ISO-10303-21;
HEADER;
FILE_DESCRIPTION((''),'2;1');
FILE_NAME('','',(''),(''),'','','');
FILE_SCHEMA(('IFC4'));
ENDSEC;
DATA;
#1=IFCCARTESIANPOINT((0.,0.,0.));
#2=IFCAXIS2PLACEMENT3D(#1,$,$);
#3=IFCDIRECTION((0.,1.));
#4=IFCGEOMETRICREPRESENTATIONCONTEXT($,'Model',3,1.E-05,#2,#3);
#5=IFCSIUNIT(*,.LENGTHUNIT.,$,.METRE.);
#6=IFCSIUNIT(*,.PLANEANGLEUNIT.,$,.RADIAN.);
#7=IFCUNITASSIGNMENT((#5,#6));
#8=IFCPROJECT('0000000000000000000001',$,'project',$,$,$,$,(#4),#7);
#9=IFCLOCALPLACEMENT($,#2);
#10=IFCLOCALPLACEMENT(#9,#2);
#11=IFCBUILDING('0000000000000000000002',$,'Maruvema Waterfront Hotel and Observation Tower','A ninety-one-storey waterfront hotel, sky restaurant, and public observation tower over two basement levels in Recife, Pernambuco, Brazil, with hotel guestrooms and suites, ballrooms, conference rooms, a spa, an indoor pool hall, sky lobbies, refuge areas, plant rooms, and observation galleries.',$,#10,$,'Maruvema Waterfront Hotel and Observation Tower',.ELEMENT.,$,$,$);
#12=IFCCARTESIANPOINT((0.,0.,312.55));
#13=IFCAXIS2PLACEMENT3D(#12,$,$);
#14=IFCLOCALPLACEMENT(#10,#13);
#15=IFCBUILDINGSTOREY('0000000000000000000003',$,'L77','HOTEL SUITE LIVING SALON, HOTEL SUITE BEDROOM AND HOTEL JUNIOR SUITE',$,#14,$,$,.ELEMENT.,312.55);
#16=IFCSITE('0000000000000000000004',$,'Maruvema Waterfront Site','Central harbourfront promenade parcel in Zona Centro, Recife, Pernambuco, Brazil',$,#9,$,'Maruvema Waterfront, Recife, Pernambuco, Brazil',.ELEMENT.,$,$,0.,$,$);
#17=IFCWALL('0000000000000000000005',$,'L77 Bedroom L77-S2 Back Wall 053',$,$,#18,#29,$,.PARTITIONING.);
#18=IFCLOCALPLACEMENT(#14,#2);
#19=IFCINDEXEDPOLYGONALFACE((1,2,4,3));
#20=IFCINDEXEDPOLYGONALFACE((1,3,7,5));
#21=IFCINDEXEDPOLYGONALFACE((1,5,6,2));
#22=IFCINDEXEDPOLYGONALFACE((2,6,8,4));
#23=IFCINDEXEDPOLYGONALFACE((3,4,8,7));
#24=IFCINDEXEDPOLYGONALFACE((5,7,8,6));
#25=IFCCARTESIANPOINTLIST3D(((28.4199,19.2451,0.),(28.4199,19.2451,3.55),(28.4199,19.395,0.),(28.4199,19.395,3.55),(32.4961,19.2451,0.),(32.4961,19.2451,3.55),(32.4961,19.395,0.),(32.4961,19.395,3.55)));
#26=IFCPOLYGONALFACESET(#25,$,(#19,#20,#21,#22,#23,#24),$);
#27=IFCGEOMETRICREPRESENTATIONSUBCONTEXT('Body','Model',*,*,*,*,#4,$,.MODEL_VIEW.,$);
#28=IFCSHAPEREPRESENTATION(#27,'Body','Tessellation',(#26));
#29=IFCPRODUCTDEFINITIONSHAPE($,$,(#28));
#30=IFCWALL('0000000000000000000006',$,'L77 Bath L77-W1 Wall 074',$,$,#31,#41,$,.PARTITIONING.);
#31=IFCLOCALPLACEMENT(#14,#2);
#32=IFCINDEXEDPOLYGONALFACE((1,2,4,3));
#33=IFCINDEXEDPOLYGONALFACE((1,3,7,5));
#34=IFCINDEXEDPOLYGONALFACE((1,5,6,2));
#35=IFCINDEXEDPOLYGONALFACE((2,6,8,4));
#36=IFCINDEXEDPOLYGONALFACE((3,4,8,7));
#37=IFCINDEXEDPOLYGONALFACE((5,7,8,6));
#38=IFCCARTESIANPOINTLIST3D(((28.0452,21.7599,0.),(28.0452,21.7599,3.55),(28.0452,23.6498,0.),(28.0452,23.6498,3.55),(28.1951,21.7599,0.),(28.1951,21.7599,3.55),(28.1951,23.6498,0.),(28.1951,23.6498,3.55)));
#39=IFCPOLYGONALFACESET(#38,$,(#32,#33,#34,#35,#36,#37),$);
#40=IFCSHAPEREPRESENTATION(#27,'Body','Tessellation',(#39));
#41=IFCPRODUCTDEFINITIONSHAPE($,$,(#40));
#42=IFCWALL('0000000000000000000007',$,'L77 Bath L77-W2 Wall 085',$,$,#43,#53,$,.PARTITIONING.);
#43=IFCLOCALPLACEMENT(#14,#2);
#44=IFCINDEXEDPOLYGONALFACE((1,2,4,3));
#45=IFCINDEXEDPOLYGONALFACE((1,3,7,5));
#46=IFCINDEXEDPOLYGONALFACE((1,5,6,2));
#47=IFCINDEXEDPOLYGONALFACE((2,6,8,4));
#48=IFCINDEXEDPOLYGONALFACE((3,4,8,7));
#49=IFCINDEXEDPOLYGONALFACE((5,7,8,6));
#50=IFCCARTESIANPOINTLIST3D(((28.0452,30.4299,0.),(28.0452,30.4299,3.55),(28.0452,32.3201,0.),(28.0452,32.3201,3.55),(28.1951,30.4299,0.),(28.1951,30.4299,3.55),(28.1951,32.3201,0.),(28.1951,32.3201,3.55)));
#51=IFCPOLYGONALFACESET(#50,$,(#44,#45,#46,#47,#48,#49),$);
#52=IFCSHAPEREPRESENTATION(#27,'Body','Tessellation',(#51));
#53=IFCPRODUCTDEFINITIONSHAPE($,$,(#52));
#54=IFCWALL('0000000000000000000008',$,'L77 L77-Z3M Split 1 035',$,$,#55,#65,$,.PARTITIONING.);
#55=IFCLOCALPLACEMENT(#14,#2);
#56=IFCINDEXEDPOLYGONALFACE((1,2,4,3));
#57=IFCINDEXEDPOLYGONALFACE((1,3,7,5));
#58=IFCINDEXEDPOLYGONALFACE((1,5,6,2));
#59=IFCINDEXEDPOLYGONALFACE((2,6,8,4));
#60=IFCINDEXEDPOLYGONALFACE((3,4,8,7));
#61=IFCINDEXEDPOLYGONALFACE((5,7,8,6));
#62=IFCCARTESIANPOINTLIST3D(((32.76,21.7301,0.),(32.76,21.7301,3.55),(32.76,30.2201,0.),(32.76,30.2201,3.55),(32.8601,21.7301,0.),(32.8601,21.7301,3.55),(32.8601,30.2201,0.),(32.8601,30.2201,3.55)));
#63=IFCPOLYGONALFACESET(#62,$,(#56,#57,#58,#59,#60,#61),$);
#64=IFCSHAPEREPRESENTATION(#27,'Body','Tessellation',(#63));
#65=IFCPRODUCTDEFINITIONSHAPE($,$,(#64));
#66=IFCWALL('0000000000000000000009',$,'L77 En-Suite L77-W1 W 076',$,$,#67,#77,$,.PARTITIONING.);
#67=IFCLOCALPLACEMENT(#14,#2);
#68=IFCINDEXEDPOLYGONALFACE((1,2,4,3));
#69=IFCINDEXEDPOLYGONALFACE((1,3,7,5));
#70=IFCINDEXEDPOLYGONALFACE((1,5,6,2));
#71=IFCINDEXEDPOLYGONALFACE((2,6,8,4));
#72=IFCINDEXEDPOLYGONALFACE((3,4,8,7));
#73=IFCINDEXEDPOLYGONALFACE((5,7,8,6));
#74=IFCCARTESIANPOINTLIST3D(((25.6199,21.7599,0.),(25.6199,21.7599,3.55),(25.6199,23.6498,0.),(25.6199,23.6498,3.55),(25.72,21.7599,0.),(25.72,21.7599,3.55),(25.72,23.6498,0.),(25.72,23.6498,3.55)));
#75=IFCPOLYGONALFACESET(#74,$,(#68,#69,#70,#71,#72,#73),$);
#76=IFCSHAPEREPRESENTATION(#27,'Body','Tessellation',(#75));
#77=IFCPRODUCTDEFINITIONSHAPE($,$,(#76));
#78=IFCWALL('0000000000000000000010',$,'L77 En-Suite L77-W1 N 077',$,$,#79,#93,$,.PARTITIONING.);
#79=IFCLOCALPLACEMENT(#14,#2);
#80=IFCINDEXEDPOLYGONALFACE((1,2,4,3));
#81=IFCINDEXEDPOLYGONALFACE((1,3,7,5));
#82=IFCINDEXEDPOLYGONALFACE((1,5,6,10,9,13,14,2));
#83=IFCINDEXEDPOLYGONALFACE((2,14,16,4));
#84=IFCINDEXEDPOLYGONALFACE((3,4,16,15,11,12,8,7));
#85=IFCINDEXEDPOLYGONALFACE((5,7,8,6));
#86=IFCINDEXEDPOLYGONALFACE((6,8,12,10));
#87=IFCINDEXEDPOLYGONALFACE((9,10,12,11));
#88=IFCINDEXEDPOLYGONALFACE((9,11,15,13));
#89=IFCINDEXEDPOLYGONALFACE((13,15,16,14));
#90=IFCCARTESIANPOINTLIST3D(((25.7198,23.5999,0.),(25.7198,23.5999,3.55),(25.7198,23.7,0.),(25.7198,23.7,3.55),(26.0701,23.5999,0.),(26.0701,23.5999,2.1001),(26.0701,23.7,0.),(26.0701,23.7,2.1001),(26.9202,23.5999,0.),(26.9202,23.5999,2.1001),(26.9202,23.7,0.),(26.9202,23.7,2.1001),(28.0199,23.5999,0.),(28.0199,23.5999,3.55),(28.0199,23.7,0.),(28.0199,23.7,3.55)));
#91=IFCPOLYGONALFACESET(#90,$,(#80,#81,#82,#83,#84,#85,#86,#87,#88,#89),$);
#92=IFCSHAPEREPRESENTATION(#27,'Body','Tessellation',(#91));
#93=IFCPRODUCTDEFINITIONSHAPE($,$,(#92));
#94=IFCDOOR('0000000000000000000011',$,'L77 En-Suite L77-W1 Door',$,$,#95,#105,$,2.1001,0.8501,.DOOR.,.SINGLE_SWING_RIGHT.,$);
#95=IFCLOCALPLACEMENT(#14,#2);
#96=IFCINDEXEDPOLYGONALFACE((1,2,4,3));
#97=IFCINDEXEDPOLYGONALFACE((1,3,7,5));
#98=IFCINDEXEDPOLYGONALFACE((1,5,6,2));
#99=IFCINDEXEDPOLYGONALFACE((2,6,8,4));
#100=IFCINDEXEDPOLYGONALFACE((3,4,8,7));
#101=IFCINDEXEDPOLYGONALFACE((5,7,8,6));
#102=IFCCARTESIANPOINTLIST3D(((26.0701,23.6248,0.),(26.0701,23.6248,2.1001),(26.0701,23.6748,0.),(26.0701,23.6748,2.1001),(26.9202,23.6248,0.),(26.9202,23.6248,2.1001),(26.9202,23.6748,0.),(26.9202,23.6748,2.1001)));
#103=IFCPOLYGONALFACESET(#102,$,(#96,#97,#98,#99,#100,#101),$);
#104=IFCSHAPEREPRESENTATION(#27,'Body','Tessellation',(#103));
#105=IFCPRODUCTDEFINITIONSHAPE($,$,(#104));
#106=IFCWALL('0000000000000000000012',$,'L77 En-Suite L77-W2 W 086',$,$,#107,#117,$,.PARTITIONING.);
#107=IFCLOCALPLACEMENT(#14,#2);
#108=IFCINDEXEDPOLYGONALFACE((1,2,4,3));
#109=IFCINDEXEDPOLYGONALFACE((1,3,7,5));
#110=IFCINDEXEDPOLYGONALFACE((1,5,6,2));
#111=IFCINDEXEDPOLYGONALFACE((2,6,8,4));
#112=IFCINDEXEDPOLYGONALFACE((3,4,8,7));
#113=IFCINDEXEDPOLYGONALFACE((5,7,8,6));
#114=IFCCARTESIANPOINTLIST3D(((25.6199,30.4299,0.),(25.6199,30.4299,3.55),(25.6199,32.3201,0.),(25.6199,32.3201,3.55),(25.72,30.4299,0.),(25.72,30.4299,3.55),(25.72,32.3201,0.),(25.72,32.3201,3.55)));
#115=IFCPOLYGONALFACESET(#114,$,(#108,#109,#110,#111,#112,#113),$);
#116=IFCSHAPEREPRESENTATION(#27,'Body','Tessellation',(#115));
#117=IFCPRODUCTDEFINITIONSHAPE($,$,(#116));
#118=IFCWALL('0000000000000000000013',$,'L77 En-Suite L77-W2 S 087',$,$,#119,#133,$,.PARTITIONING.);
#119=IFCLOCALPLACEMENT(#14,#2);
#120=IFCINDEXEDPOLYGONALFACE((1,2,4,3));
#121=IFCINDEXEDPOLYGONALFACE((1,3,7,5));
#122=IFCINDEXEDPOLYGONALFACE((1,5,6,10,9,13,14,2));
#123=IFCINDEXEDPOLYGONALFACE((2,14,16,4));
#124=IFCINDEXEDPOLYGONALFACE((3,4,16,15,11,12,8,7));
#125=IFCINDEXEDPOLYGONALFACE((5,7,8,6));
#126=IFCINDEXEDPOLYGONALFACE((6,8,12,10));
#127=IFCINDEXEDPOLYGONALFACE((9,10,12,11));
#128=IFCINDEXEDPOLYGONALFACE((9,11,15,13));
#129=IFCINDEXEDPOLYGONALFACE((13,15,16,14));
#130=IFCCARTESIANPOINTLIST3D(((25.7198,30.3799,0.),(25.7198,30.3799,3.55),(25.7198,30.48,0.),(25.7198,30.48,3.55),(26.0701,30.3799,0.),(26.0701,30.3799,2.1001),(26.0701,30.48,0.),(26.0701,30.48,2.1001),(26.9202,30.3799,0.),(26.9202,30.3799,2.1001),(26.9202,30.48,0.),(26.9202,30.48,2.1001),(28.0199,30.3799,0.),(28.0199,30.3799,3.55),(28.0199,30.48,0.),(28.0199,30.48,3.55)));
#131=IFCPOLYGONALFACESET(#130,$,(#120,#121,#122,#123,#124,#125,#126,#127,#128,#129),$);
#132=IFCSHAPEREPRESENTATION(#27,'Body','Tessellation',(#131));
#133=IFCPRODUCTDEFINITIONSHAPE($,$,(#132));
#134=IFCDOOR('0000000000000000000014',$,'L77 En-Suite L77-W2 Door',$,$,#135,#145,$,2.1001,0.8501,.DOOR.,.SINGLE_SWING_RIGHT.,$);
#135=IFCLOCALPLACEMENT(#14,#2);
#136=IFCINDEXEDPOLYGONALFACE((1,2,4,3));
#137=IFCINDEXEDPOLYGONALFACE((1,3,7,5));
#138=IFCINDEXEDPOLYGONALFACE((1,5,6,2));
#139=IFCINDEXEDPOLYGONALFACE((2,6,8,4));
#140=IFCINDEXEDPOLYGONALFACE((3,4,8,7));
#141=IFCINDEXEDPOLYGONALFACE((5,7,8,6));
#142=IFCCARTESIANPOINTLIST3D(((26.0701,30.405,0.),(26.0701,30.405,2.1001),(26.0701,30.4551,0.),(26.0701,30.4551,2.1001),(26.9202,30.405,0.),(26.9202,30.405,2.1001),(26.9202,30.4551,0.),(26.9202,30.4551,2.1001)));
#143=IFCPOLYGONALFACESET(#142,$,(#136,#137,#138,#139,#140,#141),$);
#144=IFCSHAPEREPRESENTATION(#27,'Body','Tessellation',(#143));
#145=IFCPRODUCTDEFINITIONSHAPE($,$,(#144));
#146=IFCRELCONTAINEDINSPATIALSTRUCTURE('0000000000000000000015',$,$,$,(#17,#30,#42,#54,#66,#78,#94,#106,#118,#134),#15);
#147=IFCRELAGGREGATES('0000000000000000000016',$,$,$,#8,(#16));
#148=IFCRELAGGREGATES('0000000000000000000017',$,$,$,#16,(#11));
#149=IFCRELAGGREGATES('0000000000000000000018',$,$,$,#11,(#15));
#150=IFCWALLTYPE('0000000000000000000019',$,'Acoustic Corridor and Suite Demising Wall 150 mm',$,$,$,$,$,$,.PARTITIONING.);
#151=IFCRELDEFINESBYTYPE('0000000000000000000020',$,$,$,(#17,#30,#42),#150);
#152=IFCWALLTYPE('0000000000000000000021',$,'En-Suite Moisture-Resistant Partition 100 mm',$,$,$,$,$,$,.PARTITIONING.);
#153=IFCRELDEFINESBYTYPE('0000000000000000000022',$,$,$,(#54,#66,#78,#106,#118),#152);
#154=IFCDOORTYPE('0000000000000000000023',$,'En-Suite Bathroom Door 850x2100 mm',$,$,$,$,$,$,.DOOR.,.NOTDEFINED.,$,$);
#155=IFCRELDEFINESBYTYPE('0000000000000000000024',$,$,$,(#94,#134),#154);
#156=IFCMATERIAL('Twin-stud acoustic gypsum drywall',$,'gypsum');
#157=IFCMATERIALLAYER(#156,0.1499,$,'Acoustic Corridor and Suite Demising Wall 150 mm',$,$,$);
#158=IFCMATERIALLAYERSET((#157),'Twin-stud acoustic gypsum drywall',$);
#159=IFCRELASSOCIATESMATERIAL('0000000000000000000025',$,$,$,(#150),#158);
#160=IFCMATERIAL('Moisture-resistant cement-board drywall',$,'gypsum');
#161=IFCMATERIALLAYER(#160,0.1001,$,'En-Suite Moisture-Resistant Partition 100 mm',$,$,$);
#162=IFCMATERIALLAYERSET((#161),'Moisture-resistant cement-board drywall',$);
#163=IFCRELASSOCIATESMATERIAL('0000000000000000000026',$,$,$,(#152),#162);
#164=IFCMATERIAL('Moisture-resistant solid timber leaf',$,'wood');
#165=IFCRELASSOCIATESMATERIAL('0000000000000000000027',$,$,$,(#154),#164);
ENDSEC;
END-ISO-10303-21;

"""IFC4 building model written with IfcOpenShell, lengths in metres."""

from ifc_helpers import new_model, si_unit, direction, frame, frame_2d, origin, place, context, subcontext, project, spatial, rectangle, extrude, material, layer, layer_set, type_object, element, fill, save


model = new_model("IFC4")

# Units and contexts
model_context = context("Model", 3, precision=1e-05, world=origin(), true_north=direction((0.0, 1.0)))
body_context = subcontext(model_context, "Body", "Model", "MODEL_VIEW")
ifc_project = project(units=[si_unit("LENGTHUNIT", "METRE"), si_unit("PLANEANGLEUNIT", "RADIAN")], contexts=[model_context])

# Site, building, storey
site_placement = place(None, origin())
site = spatial("IfcSite", under=ifc_project, at=site_placement, Name="Maruvema Waterfront Site", Description="Central harbourfront promenade parcel in Zona Centro, Recife, Pernambuco, Brazil", LongName="Maruvema Waterfront, Recife, Pernambuco, Brazil", CompositionType="ELEMENT", RefElevation=0.0)
building_placement = place(site_placement, origin())
building = spatial("IfcBuilding", under=site, at=building_placement, Name="Maruvema Waterfront Hotel and Observation Tower", Description="A ninety-one-storey waterfront hotel, sky restaurant, and public observation tower over two basement levels in Recife, Pernambuco, Brazil, with hotel guestrooms and suites, ballrooms, conference rooms, a spa, an indoor pool hall, sky lobbies, refuge areas, plant rooms, and observation galleries.", LongName="Maruvema Waterfront Hotel and Observation Tower", CompositionType="ELEMENT")
storey_placement = place(building_placement, frame((0.0, 0.0, 312.55)))
storey = spatial("IfcBuildingStorey", under=building, at=storey_placement, Name="L77", Description="HOTEL SUITE LIVING SALON, HOTEL SUITE BEDROOM AND HOTEL JUNIOR SUITE", CompositionType="ELEMENT", Elevation=312.55)

# Shared definitions
ifc_material_1 = material(Name="Twin-stud acoustic gypsum drywall", Category="gypsum")
ifc_layer_1 = layer(ifc_material_1, 0.1499, Name="Acoustic Corridor and Suite Demising Wall 150 mm")
ifc_layer_set_1 = layer_set([ifc_layer_1], Name="Twin-stud acoustic gypsum drywall")
wall_type_1 = type_object("IfcWallType", Name="Acoustic Corridor and Suite Demising Wall 150 mm", PredefinedType="PARTITIONING", material=ifc_layer_set_1)

# Wall
wall_1_placement = place(storey_placement, frame((28.4199, 19.3201, 0.0), z_axis=(0.0, 0.0, 1.0), x_axis=(1.0, 0.0, 0.0)))
element("IfcWall", 1, at=wall_1_placement, inside=storey, type_object=wall_type_1, Name="L77 Bedroom L77-S2 Back Wall 053", PredefinedType="PARTITIONING", context=body_context, shape_type="SweptSolid", body=[
    extrude(rectangle(XDim=4.0762, YDim=0.1499, at=frame_2d((2.0381, 0.0))), origin(), (0.0, 0.0, 1.0), 3.55),
])

# Wall
wall_2_placement = place(storey_placement, frame((28.1201, 21.76, 0.0), z_axis=(0.0, 0.0, 1.0), x_axis=(0.0, 1.0, 0.0)))
element("IfcWall", 2, at=wall_2_placement, inside=storey, type_object=wall_type_1, Name="L77 Bath L77-W1 Wall 074", PredefinedType="PARTITIONING", context=body_context, shape_type="SweptSolid", body=[
    extrude(rectangle(XDim=1.8899, YDim=0.1499, at=frame_2d((0.9448, 0.0))), origin(), (0.0, 0.0, 1.0), 3.55),
])

# Walls
wall_3_placement = place(storey_placement, frame((28.1201, 30.4299, 0.0), z_axis=(0.0, 0.0, 1.0), x_axis=(0.0, 1.0, 0.0)))
element("IfcWall", 3, at=wall_3_placement, inside=storey, type_object=wall_type_1, Name="L77 Bath L77-W2 Wall 085", PredefinedType="PARTITIONING", context=body_context, shape_type="SweptSolid", body=[
    extrude(rectangle(XDim=1.8901, YDim=0.1499, at=frame_2d((0.9451, 0.0))), origin(), (0.0, 0.0, 1.0), 3.55),
])
ifc_material_2 = material(Name="Moisture-resistant cement-board drywall", Category="gypsum")
ifc_layer_2 = layer(ifc_material_2, 0.1001, Name="En-Suite Moisture-Resistant Partition 100 mm")
ifc_layer_set_2 = layer_set([ifc_layer_2], Name="Moisture-resistant cement-board drywall")
wall_type_2 = type_object("IfcWallType", Name="En-Suite Moisture-Resistant Partition 100 mm", PredefinedType="PARTITIONING", material=ifc_layer_set_2)
wall_4_placement = place(storey_placement, frame((32.8101, 21.73, 0.0), z_axis=(0.0, 0.0, 1.0), x_axis=(0.0, 1.0, 0.0)))
element("IfcWall", 4, at=wall_4_placement, inside=storey, type_object=wall_type_2, Name="L77 L77-Z3M Split 1 035", PredefinedType="PARTITIONING", context=body_context, shape_type="SweptSolid", body=[
    extrude(rectangle(XDim=8.49, YDim=0.1001, at=frame_2d((4.2451, 0.0))), origin(), (0.0, 0.0, 1.0), 3.55),
])
wall_5_placement = place(storey_placement, frame((25.6699, 21.76, 0.0), z_axis=(0.0, 0.0, 1.0), x_axis=(0.0, 1.0, 0.0)))
element("IfcWall", 5, at=wall_5_placement, inside=storey, type_object=wall_type_2, Name="L77 En-Suite L77-W1 W 076", PredefinedType="PARTITIONING", context=body_context, shape_type="SweptSolid", body=[
    extrude(rectangle(XDim=1.8899, YDim=0.1001, at=frame_2d((0.9448, 0.0))), origin(), (0.0, 0.0, 1.0), 3.55),
])

# Wall, opening, door
wall_6_placement = place(storey_placement, frame((25.72, 23.6499, 0.0), z_axis=(0.0, 0.0, 1.0), x_axis=(1.0, 0.0, 0.0)))
wall_6 = element("IfcWall", 6, at=wall_6_placement, inside=storey, type_object=wall_type_2, Name="L77 En-Suite L77-W1 N 077", PredefinedType="PARTITIONING", context=body_context, shape_type="SweptSolid", body=[
    extrude(rectangle(XDim=2.3, YDim=0.1001, at=frame_2d((1.1499, 0.0))), origin(), (0.0, 0.0, 1.0), 3.55),
])
opening_1_placement = place(wall_6_placement, frame((0.3501, 0.0, 0.0)))
opening_1 = element("IfcOpeningElement", 7, at=opening_1_placement, cuts=wall_6, PredefinedType="OPENING", context=body_context, shape_type="SweptSolid", body=[
    extrude(rectangle(XDim=0.8501, YDim=2.1001, at=frame_2d((0.425, 1.05))), frame((0.0, 0.0601, 0.0), z_axis=(0.0, -1.0, 0.0), x_axis=(1.0, 0.0, 0.0)), (0.0, 0.0, 1.0), 0.1201),
])
ifc_material_3 = material(Name="Moisture-resistant solid timber leaf", Category="wood")
door_type_1 = type_object("IfcDoorType", Name="En-Suite Bathroom Door 850x2100 mm", OperationType="NOTDEFINED", PredefinedType="DOOR", material=ifc_material_3)
door_1_placement = place(opening_1_placement, origin())
door_1 = element("IfcDoor", 8, at=door_1_placement, inside=storey, type_object=door_type_1, Name="L77 En-Suite L77-W1 Door", OperationType="SINGLE_SWING_RIGHT", OverallHeight=2.1001, OverallWidth=0.8501, PredefinedType="DOOR", context=body_context, shape_type="SweptSolid", body=[
    extrude(rectangle(XDim=0.8501, YDim=2.1001, at=frame_2d((0.425, 1.05))), frame((0.0, 0.0249, 0.0), z_axis=(0.0, -1.0, 0.0), x_axis=(1.0, 0.0, 0.0)), (0.0, 0.0, 1.0), 0.05),
])
fill(opening_1, door_1)

# Wall
wall_7_placement = place(storey_placement, frame((25.6699, 30.4299, 0.0), z_axis=(0.0, 0.0, 1.0), x_axis=(0.0, 1.0, 0.0)))
element("IfcWall", 9, at=wall_7_placement, inside=storey, type_object=wall_type_2, Name="L77 En-Suite L77-W2 W 086", PredefinedType="PARTITIONING", context=body_context, shape_type="SweptSolid", body=[
    extrude(rectangle(XDim=1.8901, YDim=0.1001, at=frame_2d((0.9451, 0.0))), origin(), (0.0, 0.0, 1.0), 3.55),
])

# Wall, opening, door
wall_8_placement = place(storey_placement, frame((25.72, 30.4299, 0.0), z_axis=(0.0, 0.0, 1.0), x_axis=(1.0, 0.0, 0.0)))
wall_8 = element("IfcWall", 10, at=wall_8_placement, inside=storey, type_object=wall_type_2, Name="L77 En-Suite L77-W2 S 087", PredefinedType="PARTITIONING", context=body_context, shape_type="SweptSolid", body=[
    extrude(rectangle(XDim=2.3, YDim=0.1001, at=frame_2d((1.1499, 0.0))), origin(), (0.0, 0.0, 1.0), 3.55),
])
opening_2_placement = place(wall_8_placement, frame((0.3501, 0.0, 0.0)))
opening_2 = element("IfcOpeningElement", 11, at=opening_2_placement, cuts=wall_8, PredefinedType="OPENING", context=body_context, shape_type="SweptSolid", body=[
    extrude(rectangle(XDim=0.8501, YDim=2.1001, at=frame_2d((0.425, 1.05))), frame((0.0, 0.0601, 0.0), z_axis=(0.0, -1.0, 0.0), x_axis=(1.0, 0.0, 0.0)), (0.0, 0.0, 1.0), 0.1201),
])
door_2_placement = place(opening_2_placement, frame((0.8501, 0.0, 0.0), z_axis=(0.0, 0.0, 1.0), x_axis=(-1.0, 0.0, 0.0)))
door_2 = element("IfcDoor", 12, at=door_2_placement, inside=storey, type_object=door_type_1, Name="L77 En-Suite L77-W2 Door", OperationType="SINGLE_SWING_RIGHT", OverallHeight=2.1001, OverallWidth=0.8501, PredefinedType="DOOR", context=body_context, shape_type="SweptSolid", body=[
    extrude(rectangle(XDim=0.8501, YDim=2.1001, at=frame_2d((0.425, 1.05))), frame((0.0, 0.0249, 0.0), z_axis=(0.0, -1.0, 0.0), x_axis=(1.0, 0.0, 0.0)), (0.0, 0.0, 1.0), 0.05),
])
fill(opening_2, door_2)

save(model, "model.ifc")
